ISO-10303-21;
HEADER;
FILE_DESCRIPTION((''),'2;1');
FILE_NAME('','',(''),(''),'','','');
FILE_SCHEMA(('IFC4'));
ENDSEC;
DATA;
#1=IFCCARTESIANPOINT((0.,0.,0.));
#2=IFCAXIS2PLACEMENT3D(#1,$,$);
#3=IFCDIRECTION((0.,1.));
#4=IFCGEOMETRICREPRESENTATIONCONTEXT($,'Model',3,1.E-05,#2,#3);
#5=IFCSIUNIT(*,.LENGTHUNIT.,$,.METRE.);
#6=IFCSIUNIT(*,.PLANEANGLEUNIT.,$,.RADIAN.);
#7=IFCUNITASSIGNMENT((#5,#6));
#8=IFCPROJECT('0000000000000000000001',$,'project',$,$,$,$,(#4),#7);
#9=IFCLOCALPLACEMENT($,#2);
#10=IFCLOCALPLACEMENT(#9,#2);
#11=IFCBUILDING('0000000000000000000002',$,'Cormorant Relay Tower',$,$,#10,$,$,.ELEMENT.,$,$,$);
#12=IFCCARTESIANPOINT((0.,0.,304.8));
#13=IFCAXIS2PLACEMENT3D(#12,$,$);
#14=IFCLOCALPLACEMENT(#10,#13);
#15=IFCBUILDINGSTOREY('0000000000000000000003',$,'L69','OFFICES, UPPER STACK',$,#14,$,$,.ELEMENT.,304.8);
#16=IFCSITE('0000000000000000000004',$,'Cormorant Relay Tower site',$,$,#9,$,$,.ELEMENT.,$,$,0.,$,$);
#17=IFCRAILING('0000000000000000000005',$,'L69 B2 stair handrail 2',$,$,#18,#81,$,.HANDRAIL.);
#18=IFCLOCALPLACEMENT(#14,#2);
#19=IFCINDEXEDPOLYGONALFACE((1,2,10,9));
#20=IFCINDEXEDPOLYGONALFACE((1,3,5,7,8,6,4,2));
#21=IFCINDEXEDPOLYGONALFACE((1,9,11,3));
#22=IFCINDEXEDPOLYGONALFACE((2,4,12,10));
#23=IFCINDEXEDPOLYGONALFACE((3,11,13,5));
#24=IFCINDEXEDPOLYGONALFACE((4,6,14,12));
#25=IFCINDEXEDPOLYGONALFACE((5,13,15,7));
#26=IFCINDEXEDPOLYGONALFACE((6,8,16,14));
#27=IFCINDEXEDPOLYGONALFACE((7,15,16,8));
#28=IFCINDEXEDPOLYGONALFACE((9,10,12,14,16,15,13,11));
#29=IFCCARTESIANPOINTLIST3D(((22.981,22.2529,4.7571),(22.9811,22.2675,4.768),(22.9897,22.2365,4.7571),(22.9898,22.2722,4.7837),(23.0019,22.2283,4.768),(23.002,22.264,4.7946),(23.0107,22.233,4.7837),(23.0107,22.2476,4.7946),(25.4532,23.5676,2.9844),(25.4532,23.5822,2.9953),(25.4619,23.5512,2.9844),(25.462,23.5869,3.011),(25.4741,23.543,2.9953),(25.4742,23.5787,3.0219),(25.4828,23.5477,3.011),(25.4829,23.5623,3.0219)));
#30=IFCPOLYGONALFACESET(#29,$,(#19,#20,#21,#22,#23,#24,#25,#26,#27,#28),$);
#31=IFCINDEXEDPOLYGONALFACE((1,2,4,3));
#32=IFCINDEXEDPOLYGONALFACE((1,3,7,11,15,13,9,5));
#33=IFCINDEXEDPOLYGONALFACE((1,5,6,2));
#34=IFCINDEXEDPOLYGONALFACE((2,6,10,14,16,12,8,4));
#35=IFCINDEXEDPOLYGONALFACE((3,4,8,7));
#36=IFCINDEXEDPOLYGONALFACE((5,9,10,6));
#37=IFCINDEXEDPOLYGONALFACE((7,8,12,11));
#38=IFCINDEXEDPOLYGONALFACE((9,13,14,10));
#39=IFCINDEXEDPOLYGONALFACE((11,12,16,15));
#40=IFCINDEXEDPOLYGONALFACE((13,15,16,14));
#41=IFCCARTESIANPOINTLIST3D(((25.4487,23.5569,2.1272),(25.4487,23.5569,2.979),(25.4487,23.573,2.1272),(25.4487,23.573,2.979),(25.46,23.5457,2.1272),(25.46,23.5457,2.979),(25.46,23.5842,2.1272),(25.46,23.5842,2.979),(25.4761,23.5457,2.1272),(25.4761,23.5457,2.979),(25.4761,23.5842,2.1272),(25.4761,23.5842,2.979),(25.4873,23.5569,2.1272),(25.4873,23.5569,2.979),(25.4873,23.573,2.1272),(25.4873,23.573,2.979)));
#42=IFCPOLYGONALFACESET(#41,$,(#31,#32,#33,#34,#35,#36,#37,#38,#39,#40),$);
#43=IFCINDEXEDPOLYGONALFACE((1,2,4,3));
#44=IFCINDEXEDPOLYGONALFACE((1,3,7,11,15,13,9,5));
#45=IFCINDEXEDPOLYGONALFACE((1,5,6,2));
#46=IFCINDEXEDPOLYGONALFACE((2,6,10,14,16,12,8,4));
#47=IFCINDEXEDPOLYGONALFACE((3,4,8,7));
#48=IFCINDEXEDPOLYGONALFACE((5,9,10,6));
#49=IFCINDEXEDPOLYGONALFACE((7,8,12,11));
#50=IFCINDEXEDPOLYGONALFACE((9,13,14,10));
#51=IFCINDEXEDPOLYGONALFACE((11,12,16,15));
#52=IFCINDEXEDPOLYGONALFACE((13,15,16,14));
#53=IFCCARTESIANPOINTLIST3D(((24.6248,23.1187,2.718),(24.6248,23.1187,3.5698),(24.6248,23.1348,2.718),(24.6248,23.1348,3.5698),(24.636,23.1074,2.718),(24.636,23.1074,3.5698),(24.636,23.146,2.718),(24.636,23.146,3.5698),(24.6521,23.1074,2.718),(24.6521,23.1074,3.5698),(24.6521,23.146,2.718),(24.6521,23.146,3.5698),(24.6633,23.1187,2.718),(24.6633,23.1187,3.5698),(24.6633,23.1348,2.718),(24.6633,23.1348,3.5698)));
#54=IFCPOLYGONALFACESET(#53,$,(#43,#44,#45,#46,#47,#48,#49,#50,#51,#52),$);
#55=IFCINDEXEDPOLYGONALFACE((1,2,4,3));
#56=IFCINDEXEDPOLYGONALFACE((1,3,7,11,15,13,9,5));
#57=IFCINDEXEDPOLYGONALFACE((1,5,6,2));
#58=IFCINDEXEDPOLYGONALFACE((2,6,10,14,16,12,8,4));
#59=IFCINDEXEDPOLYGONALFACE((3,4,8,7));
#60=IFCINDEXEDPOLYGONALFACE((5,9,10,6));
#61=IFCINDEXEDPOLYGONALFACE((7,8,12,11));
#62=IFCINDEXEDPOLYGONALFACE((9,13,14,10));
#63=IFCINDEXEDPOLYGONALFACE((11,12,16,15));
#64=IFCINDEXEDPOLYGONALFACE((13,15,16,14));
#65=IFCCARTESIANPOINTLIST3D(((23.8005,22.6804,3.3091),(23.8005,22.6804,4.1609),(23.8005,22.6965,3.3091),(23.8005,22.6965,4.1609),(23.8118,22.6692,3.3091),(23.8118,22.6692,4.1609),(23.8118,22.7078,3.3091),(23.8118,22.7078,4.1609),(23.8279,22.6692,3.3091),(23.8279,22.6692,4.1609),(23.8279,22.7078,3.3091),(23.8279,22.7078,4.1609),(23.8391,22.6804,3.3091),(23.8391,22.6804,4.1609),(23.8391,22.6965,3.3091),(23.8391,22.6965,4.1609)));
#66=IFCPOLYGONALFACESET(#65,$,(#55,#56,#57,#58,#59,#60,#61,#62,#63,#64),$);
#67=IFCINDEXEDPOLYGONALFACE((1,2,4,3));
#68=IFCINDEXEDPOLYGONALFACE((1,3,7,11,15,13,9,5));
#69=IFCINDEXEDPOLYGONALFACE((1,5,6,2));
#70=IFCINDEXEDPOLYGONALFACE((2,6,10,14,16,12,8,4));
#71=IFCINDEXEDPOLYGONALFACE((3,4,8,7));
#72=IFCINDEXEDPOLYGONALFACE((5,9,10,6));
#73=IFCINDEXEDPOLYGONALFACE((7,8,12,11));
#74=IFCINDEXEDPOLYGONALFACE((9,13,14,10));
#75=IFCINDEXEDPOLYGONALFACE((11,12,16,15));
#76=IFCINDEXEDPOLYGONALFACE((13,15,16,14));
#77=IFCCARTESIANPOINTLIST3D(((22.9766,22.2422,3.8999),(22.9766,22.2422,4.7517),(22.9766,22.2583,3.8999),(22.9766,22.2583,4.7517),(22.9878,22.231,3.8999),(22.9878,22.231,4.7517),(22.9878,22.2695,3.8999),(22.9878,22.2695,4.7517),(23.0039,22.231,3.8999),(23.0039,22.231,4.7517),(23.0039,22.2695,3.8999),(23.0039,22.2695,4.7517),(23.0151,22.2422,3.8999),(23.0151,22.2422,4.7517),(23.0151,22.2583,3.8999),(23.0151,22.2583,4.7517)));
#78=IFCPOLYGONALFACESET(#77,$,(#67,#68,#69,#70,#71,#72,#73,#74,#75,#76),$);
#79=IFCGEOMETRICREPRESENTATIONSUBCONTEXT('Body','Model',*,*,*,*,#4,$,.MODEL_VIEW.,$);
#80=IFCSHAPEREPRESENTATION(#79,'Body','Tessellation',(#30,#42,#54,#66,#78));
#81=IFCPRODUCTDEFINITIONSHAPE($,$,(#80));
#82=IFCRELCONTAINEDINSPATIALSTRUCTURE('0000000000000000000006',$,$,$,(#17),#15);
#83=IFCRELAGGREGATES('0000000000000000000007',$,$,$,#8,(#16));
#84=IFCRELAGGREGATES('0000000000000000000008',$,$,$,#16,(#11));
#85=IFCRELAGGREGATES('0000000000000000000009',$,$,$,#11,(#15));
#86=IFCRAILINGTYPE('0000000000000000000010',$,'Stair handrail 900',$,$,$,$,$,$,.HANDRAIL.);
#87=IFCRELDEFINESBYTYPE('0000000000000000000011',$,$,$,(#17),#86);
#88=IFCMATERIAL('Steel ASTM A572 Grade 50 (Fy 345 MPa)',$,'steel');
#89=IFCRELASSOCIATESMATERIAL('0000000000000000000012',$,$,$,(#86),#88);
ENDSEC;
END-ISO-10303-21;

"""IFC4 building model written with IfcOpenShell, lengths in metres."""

from ifc_helpers import new_model, si_unit, direction, frame, origin, place, context, subcontext, project, spatial, polyline, outline, extrude, material, type_object, element, save


model = new_model("IFC4")

# Units and contexts
model_context = context("Model", 3, precision=1e-05, world=origin(), true_north=direction((0.0, 1.0)))
body_context = subcontext(model_context, "Body", "Model", "MODEL_VIEW")
ifc_project = project(units=[si_unit("LENGTHUNIT", "METRE"), si_unit("PLANEANGLEUNIT", "RADIAN")], contexts=[model_context])

# Site, building, storey
site_placement = place(None, origin())
site = spatial("IfcSite", under=ifc_project, at=site_placement, Name="Cormorant Relay Tower site", CompositionType="ELEMENT", RefElevation=0.0)
building_placement = place(site_placement, origin())
building = spatial("IfcBuilding", under=site, at=building_placement, Name="Cormorant Relay Tower", CompositionType="ELEMENT")
storey_placement = place(building_placement, frame((0.0, 0.0, 304.8)))
storey = spatial("IfcBuildingStorey", under=building, at=storey_placement, Name="L69", Description="OFFICES, UPPER STACK", CompositionType="ELEMENT", Elevation=304.8)

# Railing
ifc_material_1 = material(Name="Steel ASTM A572 Grade 50 (Fy 345 MPa)", Category="steel")
railing_type_1 = type_object("IfcRailingType", Name="Stair handrail 900", PredefinedType="HANDRAIL", material=ifc_material_1)
railing_1_placement = place(storey_placement, frame((25.468, 23.5649, 2.1272)))
element("IfcRailing", 1, at=railing_1_placement, inside=storey, type_object=railing_type_1, Name="L69 B2 stair handrail 2", PredefinedType="HANDRAIL", context=body_context, shape_type="SweptSolid", body=[
    extrude(outline(polyline([(0.0222, 0.0093), (0.0093, 0.0222), (-0.0093, 0.0222), (-0.0222, 0.0093), (-0.0222, -0.0093), (-0.0093, -0.0222), (0.0093, -0.0222), (0.0222, -0.0093), (0.0222, 0.0093)])), frame((0.0, 0.0, 0.876), z_axis=(-0.745979, -0.396711, 0.534916), x_axis=(0.469533, -0.882915, 0.0)), (0.0, 0.0, 1.0), 3.314),
    extrude(outline(polyline([(0.0193, 0.0081), (0.0081, 0.0193), (-0.0081, 0.0193), (-0.0193, 0.0081), (-0.0193, -0.0081), (-0.0081, -0.0193), (0.0081, -0.0193), (0.0193, -0.0081), (0.0193, 0.0081)])), origin(), (0.0, 0.0, 1.0), 0.8518),
    extrude(outline(polyline([(0.0193, 0.0081), (0.0081, 0.0193), (-0.0081, 0.0193), (-0.0193, 0.0081), (-0.0193, -0.0081), (-0.0081, -0.0193), (0.0081, -0.0193), (0.0193, -0.0081), (0.0193, 0.0081)])), frame((-0.824, -0.4382, 0.5908)), (0.0, 0.0, 1.0), 0.8518),
    extrude(outline(polyline([(0.0193, 0.0081), (0.0081, 0.0193), (-0.0081, 0.0193), (-0.0193, 0.0081), (-0.0193, -0.0081), (-0.0081, -0.0193), (0.0081, -0.0193), (0.0193, -0.0081), (0.0193, 0.0081)])), frame((-1.6482, -0.8765, 1.1819)), (0.0, 0.0, 1.0), 0.8518),
    extrude(outline(polyline([(0.0193, 0.0081), (0.0081, 0.0193), (-0.0081, 0.0193), (-0.0193, 0.0081), (-0.0193, -0.0081), (-0.0081, -0.0193), (0.0081, -0.0193), (0.0193, -0.0081), (0.0193, 0.0081)])), frame((-2.4722, -1.3147, 1.7727)), (0.0, 0.0, 1.0), 0.8518),
])

save(model, "model.ifc")
